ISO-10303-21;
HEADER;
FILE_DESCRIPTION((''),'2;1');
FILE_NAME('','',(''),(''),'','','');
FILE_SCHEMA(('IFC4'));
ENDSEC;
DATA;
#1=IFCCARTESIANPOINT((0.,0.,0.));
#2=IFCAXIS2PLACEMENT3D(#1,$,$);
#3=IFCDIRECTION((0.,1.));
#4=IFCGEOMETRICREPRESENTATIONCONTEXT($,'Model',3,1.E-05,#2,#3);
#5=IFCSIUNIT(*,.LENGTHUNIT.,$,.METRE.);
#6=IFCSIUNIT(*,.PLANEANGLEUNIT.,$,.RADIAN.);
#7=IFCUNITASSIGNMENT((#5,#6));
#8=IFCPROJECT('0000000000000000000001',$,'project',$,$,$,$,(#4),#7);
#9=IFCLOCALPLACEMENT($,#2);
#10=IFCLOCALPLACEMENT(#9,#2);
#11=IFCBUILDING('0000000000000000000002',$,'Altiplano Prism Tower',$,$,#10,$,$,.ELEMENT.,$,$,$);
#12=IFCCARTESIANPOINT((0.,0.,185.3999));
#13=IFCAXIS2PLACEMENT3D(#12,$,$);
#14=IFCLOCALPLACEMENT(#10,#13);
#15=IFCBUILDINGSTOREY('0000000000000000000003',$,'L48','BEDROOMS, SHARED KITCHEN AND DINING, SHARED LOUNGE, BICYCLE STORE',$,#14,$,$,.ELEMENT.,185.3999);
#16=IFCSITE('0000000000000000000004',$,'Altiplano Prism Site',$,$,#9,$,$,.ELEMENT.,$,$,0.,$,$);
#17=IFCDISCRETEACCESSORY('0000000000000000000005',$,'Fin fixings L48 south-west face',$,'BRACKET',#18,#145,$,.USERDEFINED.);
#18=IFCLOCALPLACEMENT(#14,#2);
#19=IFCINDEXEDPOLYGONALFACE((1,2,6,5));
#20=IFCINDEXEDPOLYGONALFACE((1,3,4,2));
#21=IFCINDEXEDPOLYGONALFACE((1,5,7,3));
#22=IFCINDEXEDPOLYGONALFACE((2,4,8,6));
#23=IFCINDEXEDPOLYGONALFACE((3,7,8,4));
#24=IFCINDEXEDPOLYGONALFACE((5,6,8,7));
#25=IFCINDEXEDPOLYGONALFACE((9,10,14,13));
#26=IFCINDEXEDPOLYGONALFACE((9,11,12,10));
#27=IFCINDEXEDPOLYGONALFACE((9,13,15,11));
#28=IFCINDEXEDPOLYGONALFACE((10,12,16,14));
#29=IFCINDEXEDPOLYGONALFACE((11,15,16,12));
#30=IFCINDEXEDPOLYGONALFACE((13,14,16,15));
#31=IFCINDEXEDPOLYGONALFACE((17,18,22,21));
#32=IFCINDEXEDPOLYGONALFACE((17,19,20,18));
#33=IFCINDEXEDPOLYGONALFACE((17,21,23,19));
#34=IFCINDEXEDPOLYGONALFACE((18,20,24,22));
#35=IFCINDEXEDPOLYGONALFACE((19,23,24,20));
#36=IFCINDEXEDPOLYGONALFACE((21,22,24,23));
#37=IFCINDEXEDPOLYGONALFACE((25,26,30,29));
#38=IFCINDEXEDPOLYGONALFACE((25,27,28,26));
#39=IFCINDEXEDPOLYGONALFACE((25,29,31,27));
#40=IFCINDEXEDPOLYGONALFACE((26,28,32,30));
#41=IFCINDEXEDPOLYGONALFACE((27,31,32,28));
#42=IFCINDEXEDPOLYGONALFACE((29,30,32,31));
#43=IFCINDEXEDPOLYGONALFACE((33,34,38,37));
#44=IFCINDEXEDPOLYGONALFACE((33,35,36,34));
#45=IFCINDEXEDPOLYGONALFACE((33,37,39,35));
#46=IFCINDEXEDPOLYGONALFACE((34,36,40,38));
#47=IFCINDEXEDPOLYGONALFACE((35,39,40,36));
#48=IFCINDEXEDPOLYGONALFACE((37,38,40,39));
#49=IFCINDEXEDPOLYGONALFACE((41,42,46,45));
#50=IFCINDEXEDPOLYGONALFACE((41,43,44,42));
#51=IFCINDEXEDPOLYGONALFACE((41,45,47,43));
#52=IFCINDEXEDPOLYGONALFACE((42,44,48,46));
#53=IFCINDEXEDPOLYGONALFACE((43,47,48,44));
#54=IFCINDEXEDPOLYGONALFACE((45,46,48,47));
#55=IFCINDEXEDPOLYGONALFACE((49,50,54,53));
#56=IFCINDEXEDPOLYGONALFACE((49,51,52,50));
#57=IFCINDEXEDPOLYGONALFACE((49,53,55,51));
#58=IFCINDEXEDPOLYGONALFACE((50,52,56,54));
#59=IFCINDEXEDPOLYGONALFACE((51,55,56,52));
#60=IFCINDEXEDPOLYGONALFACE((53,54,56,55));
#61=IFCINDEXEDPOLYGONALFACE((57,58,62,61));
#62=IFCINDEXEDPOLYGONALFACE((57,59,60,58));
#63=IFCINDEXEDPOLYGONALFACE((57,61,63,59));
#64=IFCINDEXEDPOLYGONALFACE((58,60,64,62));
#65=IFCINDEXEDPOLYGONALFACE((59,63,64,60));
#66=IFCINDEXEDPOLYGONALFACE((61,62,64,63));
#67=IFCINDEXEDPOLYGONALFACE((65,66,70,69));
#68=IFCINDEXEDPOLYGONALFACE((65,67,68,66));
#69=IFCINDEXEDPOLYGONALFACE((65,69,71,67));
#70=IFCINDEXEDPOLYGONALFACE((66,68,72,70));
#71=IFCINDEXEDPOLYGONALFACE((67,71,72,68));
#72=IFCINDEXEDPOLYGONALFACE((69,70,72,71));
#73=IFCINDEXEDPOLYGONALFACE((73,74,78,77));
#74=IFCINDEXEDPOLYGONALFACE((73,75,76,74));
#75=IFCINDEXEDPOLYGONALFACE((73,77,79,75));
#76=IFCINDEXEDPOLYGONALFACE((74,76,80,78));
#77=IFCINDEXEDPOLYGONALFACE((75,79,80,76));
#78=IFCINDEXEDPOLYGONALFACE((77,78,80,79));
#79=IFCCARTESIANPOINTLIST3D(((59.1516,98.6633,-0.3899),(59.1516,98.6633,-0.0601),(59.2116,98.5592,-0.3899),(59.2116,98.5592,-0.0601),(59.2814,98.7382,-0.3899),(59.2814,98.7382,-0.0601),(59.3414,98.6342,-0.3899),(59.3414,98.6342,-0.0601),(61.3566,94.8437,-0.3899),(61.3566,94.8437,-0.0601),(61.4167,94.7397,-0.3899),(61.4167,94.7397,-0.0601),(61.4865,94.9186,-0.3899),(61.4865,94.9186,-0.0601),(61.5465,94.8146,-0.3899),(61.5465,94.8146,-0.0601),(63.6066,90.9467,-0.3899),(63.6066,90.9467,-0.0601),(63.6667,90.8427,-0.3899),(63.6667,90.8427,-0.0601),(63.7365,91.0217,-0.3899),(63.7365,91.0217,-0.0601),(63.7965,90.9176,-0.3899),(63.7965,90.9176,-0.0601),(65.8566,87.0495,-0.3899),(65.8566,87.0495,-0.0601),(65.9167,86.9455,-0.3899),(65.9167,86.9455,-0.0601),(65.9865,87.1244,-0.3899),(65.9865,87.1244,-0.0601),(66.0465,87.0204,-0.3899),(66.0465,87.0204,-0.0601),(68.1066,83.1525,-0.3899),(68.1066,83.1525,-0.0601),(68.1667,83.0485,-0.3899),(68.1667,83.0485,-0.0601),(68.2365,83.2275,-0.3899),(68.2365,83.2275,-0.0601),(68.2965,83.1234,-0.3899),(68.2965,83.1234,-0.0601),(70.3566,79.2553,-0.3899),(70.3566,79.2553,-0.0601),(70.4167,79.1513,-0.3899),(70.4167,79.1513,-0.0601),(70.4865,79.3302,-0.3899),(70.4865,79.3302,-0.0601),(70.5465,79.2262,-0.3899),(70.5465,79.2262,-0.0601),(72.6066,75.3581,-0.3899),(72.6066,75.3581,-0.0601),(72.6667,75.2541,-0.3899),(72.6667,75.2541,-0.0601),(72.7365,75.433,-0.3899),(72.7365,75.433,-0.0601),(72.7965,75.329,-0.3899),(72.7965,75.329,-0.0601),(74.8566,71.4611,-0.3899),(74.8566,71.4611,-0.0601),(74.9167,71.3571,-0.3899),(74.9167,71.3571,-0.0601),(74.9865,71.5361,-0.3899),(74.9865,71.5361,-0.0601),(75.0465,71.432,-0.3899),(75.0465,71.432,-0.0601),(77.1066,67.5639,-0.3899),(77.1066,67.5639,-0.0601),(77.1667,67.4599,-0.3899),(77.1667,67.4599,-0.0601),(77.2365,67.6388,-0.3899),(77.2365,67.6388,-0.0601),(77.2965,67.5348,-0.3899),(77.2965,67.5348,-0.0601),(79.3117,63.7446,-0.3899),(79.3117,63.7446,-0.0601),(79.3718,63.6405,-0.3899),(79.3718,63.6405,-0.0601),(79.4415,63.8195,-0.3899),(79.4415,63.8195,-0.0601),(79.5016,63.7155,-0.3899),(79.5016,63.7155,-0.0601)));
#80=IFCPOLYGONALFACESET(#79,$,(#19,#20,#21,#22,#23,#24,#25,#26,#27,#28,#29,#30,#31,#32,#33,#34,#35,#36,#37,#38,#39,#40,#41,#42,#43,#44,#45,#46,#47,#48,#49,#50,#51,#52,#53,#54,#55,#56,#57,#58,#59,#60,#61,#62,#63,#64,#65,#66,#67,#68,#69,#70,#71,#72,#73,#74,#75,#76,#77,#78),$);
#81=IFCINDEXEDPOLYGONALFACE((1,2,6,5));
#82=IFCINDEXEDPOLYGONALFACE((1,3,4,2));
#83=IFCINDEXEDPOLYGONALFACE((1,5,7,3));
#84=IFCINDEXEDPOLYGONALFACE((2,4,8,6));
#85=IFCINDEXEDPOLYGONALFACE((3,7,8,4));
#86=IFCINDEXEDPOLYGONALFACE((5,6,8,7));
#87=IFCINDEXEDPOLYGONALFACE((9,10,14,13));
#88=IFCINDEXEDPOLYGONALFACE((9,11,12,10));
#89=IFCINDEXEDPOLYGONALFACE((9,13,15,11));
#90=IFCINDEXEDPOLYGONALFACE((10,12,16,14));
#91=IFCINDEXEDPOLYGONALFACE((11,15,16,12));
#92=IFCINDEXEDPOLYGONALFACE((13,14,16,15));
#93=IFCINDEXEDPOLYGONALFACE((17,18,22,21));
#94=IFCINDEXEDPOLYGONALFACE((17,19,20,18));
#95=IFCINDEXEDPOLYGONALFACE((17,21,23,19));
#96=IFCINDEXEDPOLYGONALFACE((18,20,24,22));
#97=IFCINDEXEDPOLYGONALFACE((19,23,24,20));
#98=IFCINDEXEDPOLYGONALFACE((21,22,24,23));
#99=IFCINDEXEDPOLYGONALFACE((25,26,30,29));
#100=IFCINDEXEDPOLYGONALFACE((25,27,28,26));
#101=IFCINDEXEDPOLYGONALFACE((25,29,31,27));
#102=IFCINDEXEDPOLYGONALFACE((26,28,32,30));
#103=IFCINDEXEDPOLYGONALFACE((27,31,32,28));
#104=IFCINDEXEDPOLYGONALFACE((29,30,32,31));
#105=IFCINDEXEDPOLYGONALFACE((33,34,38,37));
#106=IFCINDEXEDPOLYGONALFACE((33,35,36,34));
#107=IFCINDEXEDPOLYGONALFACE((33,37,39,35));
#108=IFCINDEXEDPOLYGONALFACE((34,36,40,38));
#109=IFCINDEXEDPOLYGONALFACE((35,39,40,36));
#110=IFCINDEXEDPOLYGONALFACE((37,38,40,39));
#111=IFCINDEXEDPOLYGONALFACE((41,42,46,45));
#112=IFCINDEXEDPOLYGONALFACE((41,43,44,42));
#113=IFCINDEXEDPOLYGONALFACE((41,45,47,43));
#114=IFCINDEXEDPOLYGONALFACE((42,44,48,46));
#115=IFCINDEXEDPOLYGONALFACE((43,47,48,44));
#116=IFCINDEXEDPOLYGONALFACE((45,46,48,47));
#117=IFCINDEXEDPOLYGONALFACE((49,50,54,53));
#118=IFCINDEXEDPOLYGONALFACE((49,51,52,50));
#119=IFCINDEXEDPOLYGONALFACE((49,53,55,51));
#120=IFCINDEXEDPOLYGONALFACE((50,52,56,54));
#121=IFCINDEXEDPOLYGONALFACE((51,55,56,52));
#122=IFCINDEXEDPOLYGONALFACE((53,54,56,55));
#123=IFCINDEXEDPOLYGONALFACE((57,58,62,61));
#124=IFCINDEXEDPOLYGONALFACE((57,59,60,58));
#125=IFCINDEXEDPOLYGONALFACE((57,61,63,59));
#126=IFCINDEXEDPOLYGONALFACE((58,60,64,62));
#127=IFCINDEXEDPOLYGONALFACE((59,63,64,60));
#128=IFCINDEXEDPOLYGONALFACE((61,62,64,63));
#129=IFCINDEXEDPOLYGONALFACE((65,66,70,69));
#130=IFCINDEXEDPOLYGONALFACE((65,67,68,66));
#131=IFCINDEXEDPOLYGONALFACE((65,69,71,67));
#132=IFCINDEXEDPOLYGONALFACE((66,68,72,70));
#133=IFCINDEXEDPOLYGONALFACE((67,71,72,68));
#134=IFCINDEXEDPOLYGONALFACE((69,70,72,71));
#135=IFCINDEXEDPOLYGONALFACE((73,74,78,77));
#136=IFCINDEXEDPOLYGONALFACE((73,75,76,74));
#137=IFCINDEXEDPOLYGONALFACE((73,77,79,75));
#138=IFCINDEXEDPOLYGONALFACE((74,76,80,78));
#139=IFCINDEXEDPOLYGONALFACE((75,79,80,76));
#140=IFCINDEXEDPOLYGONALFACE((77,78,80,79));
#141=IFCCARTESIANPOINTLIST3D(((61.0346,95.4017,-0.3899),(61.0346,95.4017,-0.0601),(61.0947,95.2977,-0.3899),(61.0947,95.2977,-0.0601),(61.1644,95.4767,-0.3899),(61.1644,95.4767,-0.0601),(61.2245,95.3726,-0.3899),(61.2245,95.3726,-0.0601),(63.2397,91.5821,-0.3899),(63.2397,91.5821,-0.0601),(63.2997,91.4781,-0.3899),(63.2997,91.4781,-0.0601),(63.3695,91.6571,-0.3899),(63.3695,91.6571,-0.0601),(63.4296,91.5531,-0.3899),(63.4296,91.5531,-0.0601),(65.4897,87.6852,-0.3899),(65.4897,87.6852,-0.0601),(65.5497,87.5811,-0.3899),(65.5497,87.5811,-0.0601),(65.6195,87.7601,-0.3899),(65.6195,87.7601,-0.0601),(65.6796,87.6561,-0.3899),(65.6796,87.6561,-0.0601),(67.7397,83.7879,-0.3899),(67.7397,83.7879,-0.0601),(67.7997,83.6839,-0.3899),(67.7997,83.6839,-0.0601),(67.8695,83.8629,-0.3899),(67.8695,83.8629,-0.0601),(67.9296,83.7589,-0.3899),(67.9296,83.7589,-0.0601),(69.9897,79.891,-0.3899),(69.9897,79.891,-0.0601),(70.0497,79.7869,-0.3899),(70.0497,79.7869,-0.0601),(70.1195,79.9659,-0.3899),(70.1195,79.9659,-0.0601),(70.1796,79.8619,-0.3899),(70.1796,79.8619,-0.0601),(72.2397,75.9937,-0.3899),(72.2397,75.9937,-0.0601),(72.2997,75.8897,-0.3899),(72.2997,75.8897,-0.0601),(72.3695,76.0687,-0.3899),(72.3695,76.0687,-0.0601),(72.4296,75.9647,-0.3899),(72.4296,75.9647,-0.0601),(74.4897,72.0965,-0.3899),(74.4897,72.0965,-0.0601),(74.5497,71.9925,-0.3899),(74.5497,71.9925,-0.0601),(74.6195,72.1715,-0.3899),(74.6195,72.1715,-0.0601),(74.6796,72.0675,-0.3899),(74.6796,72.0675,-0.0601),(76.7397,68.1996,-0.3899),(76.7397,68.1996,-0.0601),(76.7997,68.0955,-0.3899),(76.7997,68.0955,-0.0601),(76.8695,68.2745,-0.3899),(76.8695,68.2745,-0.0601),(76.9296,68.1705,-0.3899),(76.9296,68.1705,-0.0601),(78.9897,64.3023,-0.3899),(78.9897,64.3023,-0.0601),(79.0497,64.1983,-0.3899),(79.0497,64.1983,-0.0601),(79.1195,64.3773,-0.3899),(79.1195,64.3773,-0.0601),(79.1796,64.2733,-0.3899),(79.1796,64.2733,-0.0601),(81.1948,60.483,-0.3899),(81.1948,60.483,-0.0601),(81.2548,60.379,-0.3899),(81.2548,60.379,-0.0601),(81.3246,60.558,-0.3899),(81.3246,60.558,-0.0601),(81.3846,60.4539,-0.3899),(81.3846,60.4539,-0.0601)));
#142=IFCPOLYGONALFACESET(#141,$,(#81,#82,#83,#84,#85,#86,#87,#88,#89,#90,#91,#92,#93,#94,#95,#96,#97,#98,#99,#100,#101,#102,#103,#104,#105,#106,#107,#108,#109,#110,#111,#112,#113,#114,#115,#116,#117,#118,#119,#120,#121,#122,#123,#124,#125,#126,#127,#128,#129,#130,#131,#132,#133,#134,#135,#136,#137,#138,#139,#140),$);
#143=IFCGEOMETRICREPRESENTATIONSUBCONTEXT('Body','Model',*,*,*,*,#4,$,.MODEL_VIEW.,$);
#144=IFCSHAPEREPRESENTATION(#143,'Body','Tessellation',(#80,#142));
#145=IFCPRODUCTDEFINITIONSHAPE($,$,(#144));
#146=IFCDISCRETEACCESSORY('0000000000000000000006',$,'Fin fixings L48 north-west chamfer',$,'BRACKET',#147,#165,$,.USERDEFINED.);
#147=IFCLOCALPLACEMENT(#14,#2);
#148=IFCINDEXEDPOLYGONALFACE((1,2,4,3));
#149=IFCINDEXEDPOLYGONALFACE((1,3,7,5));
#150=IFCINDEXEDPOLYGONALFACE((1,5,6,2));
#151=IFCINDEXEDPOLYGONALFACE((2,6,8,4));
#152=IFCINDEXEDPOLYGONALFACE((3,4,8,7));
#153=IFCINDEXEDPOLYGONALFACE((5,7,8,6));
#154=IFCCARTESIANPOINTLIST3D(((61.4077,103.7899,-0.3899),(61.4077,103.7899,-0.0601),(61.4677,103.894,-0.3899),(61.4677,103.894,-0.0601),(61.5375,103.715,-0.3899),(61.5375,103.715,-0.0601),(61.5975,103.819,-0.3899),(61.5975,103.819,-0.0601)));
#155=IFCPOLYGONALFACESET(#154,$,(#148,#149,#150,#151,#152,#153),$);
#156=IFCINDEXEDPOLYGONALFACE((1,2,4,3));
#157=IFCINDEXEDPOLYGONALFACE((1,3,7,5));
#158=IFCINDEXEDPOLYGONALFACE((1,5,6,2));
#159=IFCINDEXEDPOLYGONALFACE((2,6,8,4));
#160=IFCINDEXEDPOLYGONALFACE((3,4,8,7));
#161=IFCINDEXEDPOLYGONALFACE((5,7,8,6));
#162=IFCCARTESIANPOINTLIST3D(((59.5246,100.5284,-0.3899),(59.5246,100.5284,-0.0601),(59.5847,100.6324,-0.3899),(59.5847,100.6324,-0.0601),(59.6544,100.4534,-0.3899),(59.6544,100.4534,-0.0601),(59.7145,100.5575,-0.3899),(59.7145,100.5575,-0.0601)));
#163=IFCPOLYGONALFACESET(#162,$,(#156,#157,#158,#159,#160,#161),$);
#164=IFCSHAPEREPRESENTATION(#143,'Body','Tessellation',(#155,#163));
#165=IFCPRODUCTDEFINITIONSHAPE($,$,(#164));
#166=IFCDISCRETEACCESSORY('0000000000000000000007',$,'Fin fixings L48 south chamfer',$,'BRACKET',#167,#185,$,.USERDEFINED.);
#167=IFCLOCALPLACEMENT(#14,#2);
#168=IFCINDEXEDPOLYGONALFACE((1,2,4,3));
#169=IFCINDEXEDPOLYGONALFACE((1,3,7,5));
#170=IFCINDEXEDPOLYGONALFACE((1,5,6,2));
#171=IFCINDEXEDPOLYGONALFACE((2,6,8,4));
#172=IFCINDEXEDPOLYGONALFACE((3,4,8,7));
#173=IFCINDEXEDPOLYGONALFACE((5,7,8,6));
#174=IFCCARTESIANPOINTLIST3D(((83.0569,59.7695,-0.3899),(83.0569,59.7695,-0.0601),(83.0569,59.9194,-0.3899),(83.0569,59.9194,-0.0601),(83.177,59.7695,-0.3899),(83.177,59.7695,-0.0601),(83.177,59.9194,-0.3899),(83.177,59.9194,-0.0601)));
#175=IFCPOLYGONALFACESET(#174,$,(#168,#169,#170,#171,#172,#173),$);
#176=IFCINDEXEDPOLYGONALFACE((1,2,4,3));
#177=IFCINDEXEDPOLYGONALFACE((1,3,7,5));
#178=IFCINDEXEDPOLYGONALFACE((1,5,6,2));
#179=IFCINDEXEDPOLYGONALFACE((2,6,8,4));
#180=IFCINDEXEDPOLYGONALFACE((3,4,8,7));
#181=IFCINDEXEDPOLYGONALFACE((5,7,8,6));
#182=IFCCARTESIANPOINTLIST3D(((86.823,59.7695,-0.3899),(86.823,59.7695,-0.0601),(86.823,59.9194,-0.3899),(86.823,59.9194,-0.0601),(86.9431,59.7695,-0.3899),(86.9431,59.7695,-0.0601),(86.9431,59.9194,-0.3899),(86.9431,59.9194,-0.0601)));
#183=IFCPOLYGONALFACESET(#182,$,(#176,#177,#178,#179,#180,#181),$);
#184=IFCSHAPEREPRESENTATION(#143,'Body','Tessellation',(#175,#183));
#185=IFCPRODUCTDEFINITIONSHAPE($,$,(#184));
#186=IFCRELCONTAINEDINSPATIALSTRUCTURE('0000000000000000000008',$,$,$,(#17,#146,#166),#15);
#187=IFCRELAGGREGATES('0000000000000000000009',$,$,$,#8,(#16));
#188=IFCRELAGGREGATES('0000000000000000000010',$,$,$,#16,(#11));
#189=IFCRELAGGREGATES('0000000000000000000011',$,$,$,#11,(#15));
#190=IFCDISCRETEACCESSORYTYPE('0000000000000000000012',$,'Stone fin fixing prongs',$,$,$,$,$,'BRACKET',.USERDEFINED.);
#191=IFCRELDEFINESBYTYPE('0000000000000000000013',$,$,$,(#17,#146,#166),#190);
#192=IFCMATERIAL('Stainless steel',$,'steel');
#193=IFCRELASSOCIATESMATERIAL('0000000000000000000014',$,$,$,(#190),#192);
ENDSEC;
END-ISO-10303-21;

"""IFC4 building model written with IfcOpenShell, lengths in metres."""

from ifc_helpers import new_model, si_unit, direction, frame, origin, place, context, subcontext, project, spatial, polyline, outline, extrude, source, transform, mapped, material, type_object, element, save


model = new_model("IFC4")

# Units and contexts
model_context = context("Model", 3, precision=1e-05, world=origin(), true_north=direction((0.0, 1.0)))
body_context = subcontext(model_context, "Body", "Model", "MODEL_VIEW")
ifc_project = project(units=[si_unit("LENGTHUNIT", "METRE"), si_unit("PLANEANGLEUNIT", "RADIAN")], contexts=[model_context])

# Site, building, storey
site_placement = place(None, origin())
site = spatial("IfcSite", under=ifc_project, at=site_placement, Name="Altiplano Prism Site", CompositionType="ELEMENT", RefElevation=0.0)
building_placement = place(site_placement, origin())
building = spatial("IfcBuilding", under=site, at=building_placement, Name="Altiplano Prism Tower", CompositionType="ELEMENT")
storey_placement = place(building_placement, frame((0.0, 0.0, 185.3999)))
storey = spatial("IfcBuildingStorey", under=building, at=storey_placement, Name="L48", Description="BEDROOMS, SHARED KITCHEN AND DINING, SHARED LOUNGE, BICYCLE STORE", CompositionType="ELEMENT", Elevation=185.3999)

# Discrete accessories
ifc_material_1 = material(Name="Stainless steel", Category="steel")
discrete_accessory_type = type_object("IfcDiscreteAccessoryType", Name="Stone fin fixing prongs", ElementType="BRACKET", PredefinedType="USERDEFINED", material=ifc_material_1)
shared_shape_1 = source(origin(), body_context, "Body", "SweptSolid", [
    extrude(outline(polyline([(-1.9431, 0.0601), (-1.823, 0.0601), (-1.823, 0.3899), (-1.9431, 0.3899), (-1.9431, 0.0601)])), frame((0.0, 0.0, 0.0), z_axis=(0.0, -1.0, 0.0), x_axis=(1.0, 0.0, 0.0)), (0.0, 0.0, 1.0), 0.1499),
    extrude(outline(polyline([(1.823, 0.0601), (1.9431, 0.0601), (1.9431, 0.3899), (1.823, 0.3899), (1.823, 0.0601)])), frame((0.0, 0.0, 0.0), z_axis=(0.0, -1.0, 0.0), x_axis=(1.0, 0.0, 0.0)), (0.0, 0.0, 1.0), 0.1499),
])
shared_shape_2 = source(origin(), body_context, "Body", "SweptSolid", [
    extrude(outline(polyline([(-1.9431, 0.0601), (-1.823, 0.0601), (-1.823, 0.3899), (-1.9431, 0.3899), (-1.9431, 0.0601)])), frame((0.0, 0.0, 0.0), z_axis=(0.0, -1.0, 0.0), x_axis=(1.0, 0.0, 0.0)), (0.0, 0.0, 1.0), 0.1499),
    extrude(outline(polyline([(1.823, 0.0601), (1.9431, 0.0601), (1.9431, 0.3899), (1.823, 0.3899), (1.823, 0.0601)])), frame((0.0, 0.0, 0.0), z_axis=(0.0, -1.0, 0.0), x_axis=(1.0, 0.0, 0.0)), (0.0, 0.0, 1.0), 0.1499),
])
discrete_accessory_1_placement = place(storey_placement, origin())
element("IfcDiscreteAccessory", 1, at=discrete_accessory_1_placement, inside=storey, type_object=discrete_accessory_type, Name="Fin fixings L48 south-west face", ObjectType="BRACKET", PredefinedType="USERDEFINED", context=body_context, shape_type="MappedRepresentation", body=[
    mapped(shared_shape_1, transform((60.2529, 97.0554, -0.45), x_axis=(0.5, -0.866025, 0.0), y_axis=(0.866025, 0.5, 0.0), z_axis=(0.0, 0.0, 1.0))),
    mapped(shared_shape_2, transform((62.458, 93.2358, -0.45), x_axis=(0.5, -0.866025, 0.0), y_axis=(0.866025, 0.5, 0.0), z_axis=(0.0, 0.0, 1.0))),
    mapped(shared_shape_2, transform((64.708, 89.3389, -0.45), x_axis=(0.5, -0.866025, 0.0), y_axis=(0.866025, 0.5, 0.0), z_axis=(0.0, 0.0, 1.0))),
    mapped(shared_shape_2, transform((66.958, 85.4417, -0.45), x_axis=(0.5, -0.866025, 0.0), y_axis=(0.866025, 0.5, 0.0), z_axis=(0.0, 0.0, 1.0))),
    mapped(shared_shape_2, transform((69.208, 81.5447, -0.45), x_axis=(0.5, -0.866025, 0.0), y_axis=(0.866025, 0.5, 0.0), z_axis=(0.0, 0.0, 1.0))),
    mapped(shared_shape_2, transform((71.458, 77.6475, -0.45), x_axis=(0.5, -0.866025, 0.0), y_axis=(0.866025, 0.5, 0.0), z_axis=(0.0, 0.0, 1.0))),
    mapped(shared_shape_2, transform((73.708, 73.7502, -0.45), x_axis=(0.5, -0.866025, 0.0), y_axis=(0.866025, 0.5, 0.0), z_axis=(0.0, 0.0, 1.0))),
    mapped(shared_shape_2, transform((75.958, 69.8533, -0.45), x_axis=(0.5, -0.866025, 0.0), y_axis=(0.866025, 0.5, 0.0), z_axis=(0.0, 0.0, 1.0))),
    mapped(shared_shape_2, transform((78.208, 65.9561, -0.45), x_axis=(0.5, -0.866025, 0.0), y_axis=(0.866025, 0.5, 0.0), z_axis=(0.0, 0.0, 1.0))),
    mapped(shared_shape_1, transform((80.4131, 62.1367, -0.45), x_axis=(0.5, -0.866025, 0.0), y_axis=(0.866025, 0.5, 0.0), z_axis=(0.0, 0.0, 1.0))),
])
shared_shape_3 = source(origin(), body_context, "Body", "SweptSolid", [
    extrude(outline(polyline([(-1.9431, 0.0601), (-1.823, 0.0601), (-1.823, 0.3899), (-1.9431, 0.3899), (-1.9431, 0.0601)])), frame((0.0, 0.0, 0.0), z_axis=(0.0, -1.0, 0.0), x_axis=(1.0, 0.0, 0.0)), (0.0, 0.0, 1.0), 0.1499),
    extrude(outline(polyline([(1.823, 0.0601), (1.9431, 0.0601), (1.9431, 0.3899), (1.823, 0.3899), (1.823, 0.0601)])), frame((0.0, 0.0, 0.0), z_axis=(0.0, -1.0, 0.0), x_axis=(1.0, 0.0, 0.0)), (0.0, 0.0, 1.0), 0.1499),
])
discrete_accessory_2_placement = place(storey_placement, origin())
element("IfcDiscreteAccessory", 2, at=discrete_accessory_2_placement, inside=storey, type_object=discrete_accessory_type, Name="Fin fixings L48 north-west chamfer", ObjectType="BRACKET", PredefinedType="USERDEFINED", context=body_context, shape_type="MappedRepresentation", body=[
    mapped(shared_shape_3, transform((60.626, 102.1362, -0.45), x_axis=(-0.5, -0.866025, 0.0), y_axis=(0.866025, -0.5, 0.0), z_axis=(0.0, 0.0, 1.0))),
])
discrete_accessory_3_placement = place(storey_placement, origin())
element("IfcDiscreteAccessory", 3, at=discrete_accessory_3_placement, inside=storey, type_object=discrete_accessory_type, Name="Fin fixings L48 south chamfer", ObjectType="BRACKET", PredefinedType="USERDEFINED", context=body_context, shape_type="MappedRepresentation", body=[
    mapped(shared_shape_3, transform((85.0, 59.9194, -0.45), x_axis=(1.0, 0.0, 0.0), y_axis=(0.0, 1.0, 0.0), z_axis=(0.0, 0.0, 1.0))),
])

save(model, "model.ifc")
